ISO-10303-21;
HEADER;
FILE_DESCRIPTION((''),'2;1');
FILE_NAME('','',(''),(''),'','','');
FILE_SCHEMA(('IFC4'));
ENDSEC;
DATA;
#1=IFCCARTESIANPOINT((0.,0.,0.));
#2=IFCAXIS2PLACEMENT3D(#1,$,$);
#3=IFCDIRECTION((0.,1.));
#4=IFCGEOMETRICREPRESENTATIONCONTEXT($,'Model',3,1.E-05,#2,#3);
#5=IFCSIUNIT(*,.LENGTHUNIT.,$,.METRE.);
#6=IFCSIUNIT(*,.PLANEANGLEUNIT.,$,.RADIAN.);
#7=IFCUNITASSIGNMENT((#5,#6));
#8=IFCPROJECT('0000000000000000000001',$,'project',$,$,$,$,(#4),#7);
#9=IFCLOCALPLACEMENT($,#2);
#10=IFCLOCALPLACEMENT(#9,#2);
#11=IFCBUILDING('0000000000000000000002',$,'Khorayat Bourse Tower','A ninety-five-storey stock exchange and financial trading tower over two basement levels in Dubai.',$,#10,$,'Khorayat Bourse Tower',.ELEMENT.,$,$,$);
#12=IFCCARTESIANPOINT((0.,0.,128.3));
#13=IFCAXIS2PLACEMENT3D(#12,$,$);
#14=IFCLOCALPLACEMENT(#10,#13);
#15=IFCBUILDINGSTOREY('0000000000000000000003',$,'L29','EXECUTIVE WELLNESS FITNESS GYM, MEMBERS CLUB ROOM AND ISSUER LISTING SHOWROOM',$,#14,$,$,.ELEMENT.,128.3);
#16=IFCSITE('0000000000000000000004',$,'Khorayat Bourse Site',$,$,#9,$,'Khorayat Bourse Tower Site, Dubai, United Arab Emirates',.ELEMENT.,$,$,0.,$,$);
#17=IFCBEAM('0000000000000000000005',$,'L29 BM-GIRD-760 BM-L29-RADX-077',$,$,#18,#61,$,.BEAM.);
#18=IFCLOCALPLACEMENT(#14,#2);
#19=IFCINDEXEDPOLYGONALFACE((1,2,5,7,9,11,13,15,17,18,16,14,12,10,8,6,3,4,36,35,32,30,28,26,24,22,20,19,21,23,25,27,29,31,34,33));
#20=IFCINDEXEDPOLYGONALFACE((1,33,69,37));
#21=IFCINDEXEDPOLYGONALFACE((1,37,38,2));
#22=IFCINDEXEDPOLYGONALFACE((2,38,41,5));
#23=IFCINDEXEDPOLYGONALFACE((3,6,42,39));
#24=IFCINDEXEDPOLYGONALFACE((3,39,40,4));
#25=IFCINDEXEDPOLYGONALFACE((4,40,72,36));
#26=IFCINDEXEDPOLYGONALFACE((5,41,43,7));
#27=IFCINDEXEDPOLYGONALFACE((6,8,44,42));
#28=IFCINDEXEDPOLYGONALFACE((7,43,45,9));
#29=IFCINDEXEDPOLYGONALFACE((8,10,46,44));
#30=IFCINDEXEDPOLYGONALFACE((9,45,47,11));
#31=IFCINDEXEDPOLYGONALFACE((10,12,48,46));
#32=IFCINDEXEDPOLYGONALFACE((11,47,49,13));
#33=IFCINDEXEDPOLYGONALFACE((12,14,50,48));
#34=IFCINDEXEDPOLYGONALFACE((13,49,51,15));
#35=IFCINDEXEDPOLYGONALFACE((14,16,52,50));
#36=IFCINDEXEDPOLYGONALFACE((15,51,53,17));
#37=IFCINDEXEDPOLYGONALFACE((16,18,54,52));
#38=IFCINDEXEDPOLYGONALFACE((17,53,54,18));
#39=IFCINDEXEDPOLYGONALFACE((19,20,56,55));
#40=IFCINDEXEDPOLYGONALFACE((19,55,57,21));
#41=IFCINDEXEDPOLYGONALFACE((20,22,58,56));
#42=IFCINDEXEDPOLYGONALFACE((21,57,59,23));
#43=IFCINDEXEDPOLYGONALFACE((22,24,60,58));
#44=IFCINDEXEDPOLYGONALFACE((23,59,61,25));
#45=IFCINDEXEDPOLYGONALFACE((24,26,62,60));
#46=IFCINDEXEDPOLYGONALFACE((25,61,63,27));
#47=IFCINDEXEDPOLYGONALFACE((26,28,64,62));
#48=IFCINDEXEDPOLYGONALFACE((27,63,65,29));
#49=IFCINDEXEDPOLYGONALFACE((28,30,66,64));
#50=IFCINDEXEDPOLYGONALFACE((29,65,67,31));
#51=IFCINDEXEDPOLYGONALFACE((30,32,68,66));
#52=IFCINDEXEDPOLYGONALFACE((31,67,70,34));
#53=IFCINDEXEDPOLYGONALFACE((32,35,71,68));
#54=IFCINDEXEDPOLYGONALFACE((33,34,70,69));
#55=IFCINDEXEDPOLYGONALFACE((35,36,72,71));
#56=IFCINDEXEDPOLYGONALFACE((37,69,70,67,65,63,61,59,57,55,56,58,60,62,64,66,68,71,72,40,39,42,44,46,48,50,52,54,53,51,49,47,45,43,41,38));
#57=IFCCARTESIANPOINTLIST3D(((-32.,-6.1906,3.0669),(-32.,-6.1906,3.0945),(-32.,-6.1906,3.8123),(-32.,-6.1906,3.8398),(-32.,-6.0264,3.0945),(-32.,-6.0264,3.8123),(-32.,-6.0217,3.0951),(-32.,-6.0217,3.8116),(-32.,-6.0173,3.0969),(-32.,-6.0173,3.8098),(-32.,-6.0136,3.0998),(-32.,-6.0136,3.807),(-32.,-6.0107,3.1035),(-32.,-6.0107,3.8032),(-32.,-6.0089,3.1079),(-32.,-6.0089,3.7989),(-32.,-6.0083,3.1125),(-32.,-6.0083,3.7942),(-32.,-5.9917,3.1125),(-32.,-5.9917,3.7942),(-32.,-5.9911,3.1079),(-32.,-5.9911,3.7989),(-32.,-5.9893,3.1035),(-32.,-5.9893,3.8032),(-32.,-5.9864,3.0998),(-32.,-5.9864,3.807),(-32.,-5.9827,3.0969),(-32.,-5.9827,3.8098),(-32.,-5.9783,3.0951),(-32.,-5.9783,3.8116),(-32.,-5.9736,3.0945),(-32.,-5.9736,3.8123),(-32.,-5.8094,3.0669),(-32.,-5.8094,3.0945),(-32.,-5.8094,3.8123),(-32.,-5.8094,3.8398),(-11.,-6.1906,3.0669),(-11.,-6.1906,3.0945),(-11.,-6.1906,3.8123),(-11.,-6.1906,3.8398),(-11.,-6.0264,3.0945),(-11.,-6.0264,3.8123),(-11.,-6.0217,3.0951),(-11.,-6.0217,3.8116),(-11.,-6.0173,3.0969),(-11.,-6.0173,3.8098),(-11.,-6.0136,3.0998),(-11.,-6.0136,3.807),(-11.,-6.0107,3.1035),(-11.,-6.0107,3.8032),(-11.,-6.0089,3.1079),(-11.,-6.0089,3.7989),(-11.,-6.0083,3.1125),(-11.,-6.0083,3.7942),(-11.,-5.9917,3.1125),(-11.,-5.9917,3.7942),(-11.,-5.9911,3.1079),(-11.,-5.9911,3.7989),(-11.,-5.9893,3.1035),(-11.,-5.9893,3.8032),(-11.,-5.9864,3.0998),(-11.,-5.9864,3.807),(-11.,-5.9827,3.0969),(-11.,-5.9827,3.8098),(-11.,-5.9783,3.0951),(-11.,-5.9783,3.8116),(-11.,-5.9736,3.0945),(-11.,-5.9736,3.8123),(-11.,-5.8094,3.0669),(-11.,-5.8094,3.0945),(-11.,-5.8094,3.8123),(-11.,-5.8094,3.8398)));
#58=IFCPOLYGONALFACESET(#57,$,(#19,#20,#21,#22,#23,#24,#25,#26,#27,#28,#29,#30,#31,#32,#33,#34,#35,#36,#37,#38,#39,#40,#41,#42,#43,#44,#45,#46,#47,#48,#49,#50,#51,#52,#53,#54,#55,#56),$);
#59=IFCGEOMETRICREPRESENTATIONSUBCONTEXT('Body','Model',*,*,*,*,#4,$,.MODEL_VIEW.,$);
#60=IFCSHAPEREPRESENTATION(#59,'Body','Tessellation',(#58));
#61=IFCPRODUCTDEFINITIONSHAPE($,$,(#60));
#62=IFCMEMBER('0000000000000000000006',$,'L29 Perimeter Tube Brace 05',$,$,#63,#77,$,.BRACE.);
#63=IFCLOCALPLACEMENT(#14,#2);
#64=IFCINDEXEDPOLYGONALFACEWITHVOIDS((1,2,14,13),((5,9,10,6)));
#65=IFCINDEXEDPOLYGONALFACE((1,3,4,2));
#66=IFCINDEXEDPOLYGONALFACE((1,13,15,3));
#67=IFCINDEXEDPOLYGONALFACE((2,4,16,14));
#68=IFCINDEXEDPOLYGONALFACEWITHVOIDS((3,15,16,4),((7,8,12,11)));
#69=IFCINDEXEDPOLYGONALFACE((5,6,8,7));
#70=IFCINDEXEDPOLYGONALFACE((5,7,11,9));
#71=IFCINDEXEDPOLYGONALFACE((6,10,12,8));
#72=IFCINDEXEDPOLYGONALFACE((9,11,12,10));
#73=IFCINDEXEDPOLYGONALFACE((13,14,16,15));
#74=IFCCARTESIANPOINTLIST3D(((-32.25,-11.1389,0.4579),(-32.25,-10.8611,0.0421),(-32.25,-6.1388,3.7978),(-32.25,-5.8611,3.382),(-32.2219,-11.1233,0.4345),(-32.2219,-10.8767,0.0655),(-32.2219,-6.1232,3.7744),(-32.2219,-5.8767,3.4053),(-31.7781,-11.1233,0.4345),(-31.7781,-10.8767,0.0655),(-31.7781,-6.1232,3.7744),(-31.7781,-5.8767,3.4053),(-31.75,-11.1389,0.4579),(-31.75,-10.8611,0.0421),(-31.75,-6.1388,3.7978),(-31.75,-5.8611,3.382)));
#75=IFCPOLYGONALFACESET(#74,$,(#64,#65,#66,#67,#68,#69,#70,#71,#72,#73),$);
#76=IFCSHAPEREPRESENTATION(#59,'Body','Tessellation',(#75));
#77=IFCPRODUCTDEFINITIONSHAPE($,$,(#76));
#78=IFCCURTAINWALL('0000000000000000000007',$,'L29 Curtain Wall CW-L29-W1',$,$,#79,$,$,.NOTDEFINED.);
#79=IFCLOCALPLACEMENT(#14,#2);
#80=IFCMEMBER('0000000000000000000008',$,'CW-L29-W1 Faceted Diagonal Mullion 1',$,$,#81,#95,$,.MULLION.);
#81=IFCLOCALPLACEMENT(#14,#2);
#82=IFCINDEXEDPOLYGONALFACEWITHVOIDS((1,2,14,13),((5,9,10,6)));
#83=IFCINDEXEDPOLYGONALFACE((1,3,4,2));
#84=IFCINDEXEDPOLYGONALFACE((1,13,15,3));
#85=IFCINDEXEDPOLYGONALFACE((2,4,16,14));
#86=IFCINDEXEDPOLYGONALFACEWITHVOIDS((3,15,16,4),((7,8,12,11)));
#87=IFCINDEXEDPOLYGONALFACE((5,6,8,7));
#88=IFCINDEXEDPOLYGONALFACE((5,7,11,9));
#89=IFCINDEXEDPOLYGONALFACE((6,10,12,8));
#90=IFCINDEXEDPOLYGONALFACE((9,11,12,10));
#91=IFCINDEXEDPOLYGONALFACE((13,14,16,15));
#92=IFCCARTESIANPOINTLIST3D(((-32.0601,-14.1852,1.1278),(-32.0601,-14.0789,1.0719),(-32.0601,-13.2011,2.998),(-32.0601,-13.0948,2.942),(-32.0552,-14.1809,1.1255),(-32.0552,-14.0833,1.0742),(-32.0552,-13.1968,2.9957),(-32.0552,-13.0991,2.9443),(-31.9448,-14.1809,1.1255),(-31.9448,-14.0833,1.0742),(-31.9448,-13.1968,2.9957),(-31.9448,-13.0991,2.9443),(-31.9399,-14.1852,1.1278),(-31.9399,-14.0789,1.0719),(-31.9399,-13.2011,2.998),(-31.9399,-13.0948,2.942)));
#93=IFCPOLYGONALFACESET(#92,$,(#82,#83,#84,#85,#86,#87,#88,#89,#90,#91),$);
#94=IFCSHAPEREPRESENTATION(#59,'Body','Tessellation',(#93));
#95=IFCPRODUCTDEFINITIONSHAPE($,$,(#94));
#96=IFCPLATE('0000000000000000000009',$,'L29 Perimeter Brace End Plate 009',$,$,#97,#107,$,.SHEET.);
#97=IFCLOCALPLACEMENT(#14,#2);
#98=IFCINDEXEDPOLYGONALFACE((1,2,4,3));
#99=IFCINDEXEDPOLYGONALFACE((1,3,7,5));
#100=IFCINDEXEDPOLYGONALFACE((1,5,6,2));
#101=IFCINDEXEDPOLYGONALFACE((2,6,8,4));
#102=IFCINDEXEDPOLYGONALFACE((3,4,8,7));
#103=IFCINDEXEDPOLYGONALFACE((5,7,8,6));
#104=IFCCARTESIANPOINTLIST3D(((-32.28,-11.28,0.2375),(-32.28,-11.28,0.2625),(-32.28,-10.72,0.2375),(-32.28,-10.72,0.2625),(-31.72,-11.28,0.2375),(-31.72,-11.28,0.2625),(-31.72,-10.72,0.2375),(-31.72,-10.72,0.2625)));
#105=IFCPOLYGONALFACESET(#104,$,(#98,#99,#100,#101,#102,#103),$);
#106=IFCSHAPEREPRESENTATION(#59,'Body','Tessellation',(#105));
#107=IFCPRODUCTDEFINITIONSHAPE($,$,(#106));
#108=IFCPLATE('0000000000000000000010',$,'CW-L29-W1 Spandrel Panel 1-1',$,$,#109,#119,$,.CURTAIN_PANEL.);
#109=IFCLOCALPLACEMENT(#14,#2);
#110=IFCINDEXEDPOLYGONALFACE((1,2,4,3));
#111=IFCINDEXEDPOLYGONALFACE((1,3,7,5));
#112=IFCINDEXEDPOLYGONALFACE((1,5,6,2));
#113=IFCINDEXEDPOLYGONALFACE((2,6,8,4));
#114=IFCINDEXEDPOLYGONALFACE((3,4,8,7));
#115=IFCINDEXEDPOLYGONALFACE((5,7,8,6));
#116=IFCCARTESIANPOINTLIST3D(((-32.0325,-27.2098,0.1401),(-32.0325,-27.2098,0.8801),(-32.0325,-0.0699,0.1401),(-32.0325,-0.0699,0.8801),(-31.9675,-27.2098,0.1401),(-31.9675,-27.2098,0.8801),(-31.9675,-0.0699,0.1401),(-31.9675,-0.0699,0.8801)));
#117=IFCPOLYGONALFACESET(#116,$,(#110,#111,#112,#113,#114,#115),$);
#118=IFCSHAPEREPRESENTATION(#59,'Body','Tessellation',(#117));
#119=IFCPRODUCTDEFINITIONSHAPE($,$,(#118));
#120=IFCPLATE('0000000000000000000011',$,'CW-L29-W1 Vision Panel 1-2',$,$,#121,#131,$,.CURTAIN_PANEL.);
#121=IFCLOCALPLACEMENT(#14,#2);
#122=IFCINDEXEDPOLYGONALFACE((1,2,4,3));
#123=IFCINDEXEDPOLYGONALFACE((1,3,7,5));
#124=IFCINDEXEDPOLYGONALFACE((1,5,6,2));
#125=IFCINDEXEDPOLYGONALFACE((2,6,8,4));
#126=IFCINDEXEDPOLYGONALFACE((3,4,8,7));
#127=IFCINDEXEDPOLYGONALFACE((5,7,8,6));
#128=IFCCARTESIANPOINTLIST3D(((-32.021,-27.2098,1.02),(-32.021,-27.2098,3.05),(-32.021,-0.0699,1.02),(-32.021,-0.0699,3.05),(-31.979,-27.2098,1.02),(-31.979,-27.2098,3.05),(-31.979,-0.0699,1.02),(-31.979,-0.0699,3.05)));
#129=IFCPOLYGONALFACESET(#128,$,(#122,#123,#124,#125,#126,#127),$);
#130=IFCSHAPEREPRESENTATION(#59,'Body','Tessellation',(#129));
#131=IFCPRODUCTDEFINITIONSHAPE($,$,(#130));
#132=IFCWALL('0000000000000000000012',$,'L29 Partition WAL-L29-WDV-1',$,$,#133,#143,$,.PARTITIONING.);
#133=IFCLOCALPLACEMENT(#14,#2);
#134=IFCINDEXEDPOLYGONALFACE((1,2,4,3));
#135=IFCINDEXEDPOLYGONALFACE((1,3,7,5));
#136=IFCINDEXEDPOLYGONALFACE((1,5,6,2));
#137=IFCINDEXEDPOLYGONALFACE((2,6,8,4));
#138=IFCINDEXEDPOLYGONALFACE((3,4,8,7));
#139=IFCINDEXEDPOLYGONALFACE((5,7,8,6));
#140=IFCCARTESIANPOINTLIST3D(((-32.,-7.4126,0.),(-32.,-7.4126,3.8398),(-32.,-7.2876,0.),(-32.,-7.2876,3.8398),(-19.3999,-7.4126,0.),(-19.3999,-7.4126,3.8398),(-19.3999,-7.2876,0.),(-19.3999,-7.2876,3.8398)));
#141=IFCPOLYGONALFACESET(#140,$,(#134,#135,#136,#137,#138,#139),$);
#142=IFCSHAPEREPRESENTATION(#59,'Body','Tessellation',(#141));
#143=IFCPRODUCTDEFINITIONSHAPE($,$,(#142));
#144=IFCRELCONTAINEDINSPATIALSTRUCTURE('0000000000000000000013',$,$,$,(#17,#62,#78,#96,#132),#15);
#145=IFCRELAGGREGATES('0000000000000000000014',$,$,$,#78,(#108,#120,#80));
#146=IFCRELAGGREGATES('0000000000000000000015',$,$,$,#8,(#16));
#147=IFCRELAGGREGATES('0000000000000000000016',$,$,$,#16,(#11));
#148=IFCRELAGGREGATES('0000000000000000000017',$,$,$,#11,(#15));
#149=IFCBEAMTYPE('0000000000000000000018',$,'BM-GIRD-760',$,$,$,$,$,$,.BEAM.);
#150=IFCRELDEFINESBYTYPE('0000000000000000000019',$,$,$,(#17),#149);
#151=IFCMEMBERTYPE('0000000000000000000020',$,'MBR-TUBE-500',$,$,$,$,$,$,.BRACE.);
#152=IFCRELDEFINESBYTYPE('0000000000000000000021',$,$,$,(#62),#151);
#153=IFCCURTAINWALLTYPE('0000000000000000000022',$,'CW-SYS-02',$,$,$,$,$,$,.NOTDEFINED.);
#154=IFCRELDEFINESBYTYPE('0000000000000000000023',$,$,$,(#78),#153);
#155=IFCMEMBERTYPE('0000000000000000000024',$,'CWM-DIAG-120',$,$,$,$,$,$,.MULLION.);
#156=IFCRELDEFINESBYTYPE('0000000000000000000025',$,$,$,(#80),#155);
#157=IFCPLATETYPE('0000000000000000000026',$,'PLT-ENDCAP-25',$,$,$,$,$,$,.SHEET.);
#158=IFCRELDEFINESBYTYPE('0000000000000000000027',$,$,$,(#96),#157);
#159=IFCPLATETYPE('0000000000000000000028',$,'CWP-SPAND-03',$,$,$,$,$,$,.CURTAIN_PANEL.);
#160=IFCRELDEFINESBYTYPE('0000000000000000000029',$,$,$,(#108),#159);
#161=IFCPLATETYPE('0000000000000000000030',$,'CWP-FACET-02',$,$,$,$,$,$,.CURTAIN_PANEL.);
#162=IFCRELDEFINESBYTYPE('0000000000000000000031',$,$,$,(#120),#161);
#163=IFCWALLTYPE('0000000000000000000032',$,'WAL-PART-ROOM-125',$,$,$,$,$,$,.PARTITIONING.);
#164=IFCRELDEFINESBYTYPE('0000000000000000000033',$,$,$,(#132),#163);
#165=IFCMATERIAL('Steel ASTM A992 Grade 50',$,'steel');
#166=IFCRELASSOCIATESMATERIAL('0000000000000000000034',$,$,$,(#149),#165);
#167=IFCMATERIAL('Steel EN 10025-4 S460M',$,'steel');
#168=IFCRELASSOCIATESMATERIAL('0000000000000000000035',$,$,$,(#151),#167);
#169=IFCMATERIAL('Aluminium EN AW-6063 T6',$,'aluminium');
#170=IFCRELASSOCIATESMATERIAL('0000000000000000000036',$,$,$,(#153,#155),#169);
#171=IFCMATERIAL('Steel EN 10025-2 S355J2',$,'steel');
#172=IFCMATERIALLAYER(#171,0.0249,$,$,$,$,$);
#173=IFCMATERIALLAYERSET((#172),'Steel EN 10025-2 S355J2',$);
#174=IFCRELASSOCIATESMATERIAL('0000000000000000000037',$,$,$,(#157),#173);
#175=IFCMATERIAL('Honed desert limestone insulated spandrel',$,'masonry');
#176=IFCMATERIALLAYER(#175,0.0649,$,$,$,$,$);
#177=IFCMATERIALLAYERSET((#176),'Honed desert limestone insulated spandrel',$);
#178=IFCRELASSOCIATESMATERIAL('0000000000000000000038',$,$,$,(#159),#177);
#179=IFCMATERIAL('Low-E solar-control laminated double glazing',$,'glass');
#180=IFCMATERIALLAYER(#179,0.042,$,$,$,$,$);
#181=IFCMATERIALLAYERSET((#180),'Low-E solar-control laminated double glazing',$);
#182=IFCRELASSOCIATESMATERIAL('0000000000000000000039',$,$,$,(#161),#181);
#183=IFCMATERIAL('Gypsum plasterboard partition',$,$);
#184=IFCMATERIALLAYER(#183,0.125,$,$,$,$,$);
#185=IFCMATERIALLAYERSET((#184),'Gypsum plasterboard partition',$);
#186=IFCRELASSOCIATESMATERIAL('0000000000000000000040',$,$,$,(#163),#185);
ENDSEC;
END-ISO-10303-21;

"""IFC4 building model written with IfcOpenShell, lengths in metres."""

from ifc_helpers import new_model, si_unit, direction, frame, frame_2d, origin, origin_2d, place, context, subcontext, project, spatial, rectangle, hollow_rectangle, i_section, extrude, source, transform, mapped, material, layer, layer_set, material_profile, profile_set, type_object, element, aggregate, save


model = new_model("IFC4")

# Units and contexts
model_context = context("Model", 3, precision=1e-05, world=origin(), true_north=direction((0.0, 1.0)))
body_context = subcontext(model_context, "Body", "Model", "MODEL_VIEW")
ifc_project = project(units=[si_unit("LENGTHUNIT", "METRE"), si_unit("PLANEANGLEUNIT", "RADIAN")], contexts=[model_context])

# Site, building, storey
site_placement = place(None, origin())
site = spatial("IfcSite", under=ifc_project, at=site_placement, Name="Khorayat Bourse Site", LongName="Khorayat Bourse Tower Site, Dubai, United Arab Emirates", CompositionType="ELEMENT", RefElevation=0.0)
building_placement = place(site_placement, origin())
building = spatial("IfcBuilding", under=site, at=building_placement, Name="Khorayat Bourse Tower", Description="A ninety-five-storey stock exchange and financial trading tower over two basement levels in Dubai.", LongName="Khorayat Bourse Tower", CompositionType="ELEMENT")
storey_placement = place(building_placement, frame((0.0, 0.0, 128.3)))
storey = spatial("IfcBuildingStorey", under=building, at=storey_placement, Name="L29", Description="EXECUTIVE WELLNESS FITNESS GYM, MEMBERS CLUB ROOM AND ISSUER LISTING SHOWROOM", CompositionType="ELEMENT", Elevation=128.3)

# Shared definitions
ifc_material_1 = material(Name="Steel EN 10025-4 S460M", Category="steel")

# Beam
ifc_material_2 = material(Name="Steel ASTM A992 Grade 50", Category="steel")
ifc_material_profile_1 = material_profile(ifc_material_2, i_section(OverallWidth=0.3811, OverallDepth=0.7729, WebThickness=0.0166, FlangeThickness=0.0276, FilletRadius=0.0181, at=origin_2d()), Name="W760X257")
ifc_profile_set_1 = profile_set([ifc_material_profile_1], Name="Steel ASTM A992 Grade 50")
beam_type_1 = type_object("IfcBeamType", Name="BM-GIRD-760", PredefinedType="BEAM", material=ifc_profile_set_1)
shared_shape_1 = source(origin(), body_context, "Body", "SweptSolid", [
    extrude(i_section(OverallWidth=0.3811, OverallDepth=0.7729, WebThickness=0.0166, FlangeThickness=0.0276, FilletRadius=0.0181, at=origin_2d()), origin(), (0.0, 0.0, 1.0), 21.0),
])
for number, where, z_axis, x_axis, name in (
    (1, (-32.0, -6.0, 3.4534), (1.0, 0.0, 0.0), (0.0, 1.0, 0.0), "L29 BM-GIRD-760 BM-L29-RADX-077"),
):
    element("IfcBeam", number, at=place(storey_placement, frame(where, z_axis=z_axis, x_axis=x_axis)), inside=storey, type_object=beam_type_1, Name=name, PredefinedType="BEAM", context=body_context, shape_type="MappedRepresentation", body=[
        mapped(shared_shape_1, transform((0.0, 0.0, 0.0), scale=1.0)),
    ])

# Member
ifc_material_profile_2 = material_profile(ifc_material_1, hollow_rectangle(XDim=0.5, YDim=0.5, WallThickness=0.0281, at=origin_2d()), Name="HSS 500x500x28")
ifc_profile_set_2 = profile_set([ifc_material_profile_2], Name="Steel EN 10025-4 S460M")
member_type_1 = type_object("IfcMemberType", Name="MBR-TUBE-500", PredefinedType="BRACE", material=ifc_profile_set_2)
shared_shape_2 = source(origin(), body_context, "Body", "SweptSolid", [
    extrude(hollow_rectangle(XDim=0.5, YDim=0.5, WallThickness=0.0281, at=origin_2d()), origin(), (0.0, 0.0, 1.0), 6.0129),
])
member_1_placement = place(storey_placement, frame((-32.0, -11.0, 0.25), z_axis=(0.0, 0.83155, 0.55545), x_axis=(-1.0, 0.0, 0.0)))
element("IfcMember", 2, at=member_1_placement, inside=storey, type_object=member_type_1, Name="L29 Perimeter Tube Brace 05", PredefinedType="BRACE", context=body_context, shape_type="MappedRepresentation", body=[
    mapped(shared_shape_2, transform((0.0, 0.0, 0.0), scale=1.0)),
])

# Curtain wall, member
ifc_material_3 = material(Name="Aluminium EN AW-6063 T6", Category="aluminium")
curtain_wall_type = type_object("IfcCurtainWallType", Name="CW-SYS-02", PredefinedType="NOTDEFINED", material=ifc_material_3)
curtain_wall_placement = place(storey_placement, origin())
curtain_wall = element("IfcCurtainWall", 3, at=curtain_wall_placement, inside=storey, type_object=curtain_wall_type, Name="L29 Curtain Wall CW-L29-W1", PredefinedType="NOTDEFINED")
ifc_material_profile_3 = material_profile(ifc_material_3, hollow_rectangle(XDim=0.1201, YDim=0.1201, WallThickness=0.0049, at=origin_2d()), Name="ALU 120x120x5")
ifc_profile_set_3 = profile_set([ifc_material_profile_3], Name="Aluminium EN AW-6063 T6")
member_type_2 = type_object("IfcMemberType", Name="CWM-DIAG-120", PredefinedType="MULLION", material=ifc_profile_set_3)
shared_shape_3 = source(origin(), body_context, "Body", "SweptSolid", [
    extrude(hollow_rectangle(XDim=0.1201, YDim=0.1201, WallThickness=0.0049, at=origin_2d()), origin(), (0.0, 0.0, 1.0), 2.1133),
])
member_2_placement = place(storey_placement, frame((-32.0, -14.1321, 1.0999), z_axis=(0.0, 0.465694, 0.884946), x_axis=(-1.0, 0.0, 0.0)))
member_2 = element("IfcMember", 4, at=member_2_placement, type_object=member_type_2, Name="CW-L29-W1 Faceted Diagonal Mullion 1", PredefinedType="MULLION", context=body_context, shape_type="MappedRepresentation", body=[
    mapped(shared_shape_3, transform((0.0, 0.0, 0.0), scale=1.0)),
])

# Plates
ifc_material_4 = material(Name="Steel EN 10025-2 S355J2", Category="steel")
ifc_layer_1 = layer(ifc_material_4, 0.0249)
ifc_layer_set_1 = layer_set([ifc_layer_1], Name="Steel EN 10025-2 S355J2")
plate_type_1 = type_object("IfcPlateType", Name="PLT-ENDCAP-25", PredefinedType="SHEET", material=ifc_layer_set_1)
shared_shape_4 = source(origin(), body_context, "Body", "SweptSolid", [
    extrude(rectangle(XDim=0.5601, YDim=0.5601, at=origin_2d()), origin(), (0.0, 0.0, 1.0), 0.0249),
])
plate_1_placement = place(storey_placement, frame((-32.0, -11.0, 0.2375), z_axis=(0.0, 0.0, 1.0), x_axis=(1.0, 0.0, 0.0)))
element("IfcPlate", 5, at=plate_1_placement, inside=storey, type_object=plate_type_1, Name="L29 Perimeter Brace End Plate 009", PredefinedType="SHEET", context=body_context, shape_type="MappedRepresentation", body=[
    mapped(shared_shape_4, transform((0.0, 0.0, 0.0), scale=1.0)),
])
ifc_material_5 = material(Name="Honed desert limestone insulated spandrel", Category="masonry")
ifc_layer_2 = layer(ifc_material_5, 0.0649)
ifc_layer_set_2 = layer_set([ifc_layer_2], Name="Honed desert limestone insulated spandrel")
plate_type_2 = type_object("IfcPlateType", Name="CWP-SPAND-03", PredefinedType="CURTAIN_PANEL", material=ifc_layer_set_2)
shared_shape_5 = source(origin(), body_context, "Body", "SweptSolid", [
    extrude(rectangle(XDim=27.1399, YDim=0.0649, at=origin_2d()), origin(), (0.0, 0.0, 1.0), 0.74),
])
plate_2_placement = place(storey_placement, frame((-32.0, -13.6399, 0.1401), z_axis=(0.0, 0.0, 1.0), x_axis=(0.0, 1.0, 0.0)))
plate_2 = element("IfcPlate", 6, at=plate_2_placement, type_object=plate_type_2, Name="CW-L29-W1 Spandrel Panel 1-1", PredefinedType="CURTAIN_PANEL", context=body_context, shape_type="MappedRepresentation", body=[
    mapped(shared_shape_5, transform((0.0, 0.0, 0.0), scale=1.0)),
])
ifc_material_6 = material(Name="Low-E solar-control laminated double glazing", Category="glass")
ifc_layer_3 = layer(ifc_material_6, 0.042)
ifc_layer_set_3 = layer_set([ifc_layer_3], Name="Low-E solar-control laminated double glazing")
plate_type_3 = type_object("IfcPlateType", Name="CWP-FACET-02", PredefinedType="CURTAIN_PANEL", material=ifc_layer_set_3)
shared_shape_6 = source(origin(), body_context, "Body", "SweptSolid", [
    extrude(rectangle(XDim=27.1399, YDim=0.042, at=origin_2d()), origin(), (0.0, 0.0, 1.0), 2.03),
])
plate_3_placement = place(storey_placement, frame((-32.0, -13.6399, 1.02), z_axis=(0.0, 0.0, 1.0), x_axis=(0.0, 1.0, 0.0)))
plate_3 = element("IfcPlate", 7, at=plate_3_placement, type_object=plate_type_3, Name="CW-L29-W1 Vision Panel 1-2", PredefinedType="CURTAIN_PANEL", context=body_context, shape_type="MappedRepresentation", body=[
    mapped(shared_shape_6, transform((0.0, 0.0, 0.0), scale=1.0)),
])
aggregate(curtain_wall, [plate_2, plate_3, member_2])

# Wall
ifc_material_7 = material(Name="Gypsum plasterboard partition")
ifc_layer_4 = layer(ifc_material_7, 0.125)
ifc_layer_set_4 = layer_set([ifc_layer_4], Name="Gypsum plasterboard partition")
wall_type = type_object("IfcWallType", Name="WAL-PART-ROOM-125", PredefinedType="PARTITIONING", material=ifc_layer_set_4)
shared_shape_7 = source(origin(), body_context, "Body", "SweptSolid", [
    extrude(rectangle(XDim=12.6001, YDim=0.125, at=frame_2d((6.3, 0.0))), origin(), (0.0, 0.0, 1.0), 3.8398),
])
wall_placement = place(storey_placement, frame((-32.0, -7.3501, 0.0), z_axis=(0.0, 0.0, 1.0), x_axis=(1.0, 0.0, 0.0)))
element("IfcWall", 8, at=wall_placement, inside=storey, type_object=wall_type, Name="L29 Partition WAL-L29-WDV-1", PredefinedType="PARTITIONING", context=body_context, shape_type="MappedRepresentation", body=[
    mapped(shared_shape_7, transform((0.0, 0.0, 0.0), scale=1.0)),
])

save(model, "model.ifc")
